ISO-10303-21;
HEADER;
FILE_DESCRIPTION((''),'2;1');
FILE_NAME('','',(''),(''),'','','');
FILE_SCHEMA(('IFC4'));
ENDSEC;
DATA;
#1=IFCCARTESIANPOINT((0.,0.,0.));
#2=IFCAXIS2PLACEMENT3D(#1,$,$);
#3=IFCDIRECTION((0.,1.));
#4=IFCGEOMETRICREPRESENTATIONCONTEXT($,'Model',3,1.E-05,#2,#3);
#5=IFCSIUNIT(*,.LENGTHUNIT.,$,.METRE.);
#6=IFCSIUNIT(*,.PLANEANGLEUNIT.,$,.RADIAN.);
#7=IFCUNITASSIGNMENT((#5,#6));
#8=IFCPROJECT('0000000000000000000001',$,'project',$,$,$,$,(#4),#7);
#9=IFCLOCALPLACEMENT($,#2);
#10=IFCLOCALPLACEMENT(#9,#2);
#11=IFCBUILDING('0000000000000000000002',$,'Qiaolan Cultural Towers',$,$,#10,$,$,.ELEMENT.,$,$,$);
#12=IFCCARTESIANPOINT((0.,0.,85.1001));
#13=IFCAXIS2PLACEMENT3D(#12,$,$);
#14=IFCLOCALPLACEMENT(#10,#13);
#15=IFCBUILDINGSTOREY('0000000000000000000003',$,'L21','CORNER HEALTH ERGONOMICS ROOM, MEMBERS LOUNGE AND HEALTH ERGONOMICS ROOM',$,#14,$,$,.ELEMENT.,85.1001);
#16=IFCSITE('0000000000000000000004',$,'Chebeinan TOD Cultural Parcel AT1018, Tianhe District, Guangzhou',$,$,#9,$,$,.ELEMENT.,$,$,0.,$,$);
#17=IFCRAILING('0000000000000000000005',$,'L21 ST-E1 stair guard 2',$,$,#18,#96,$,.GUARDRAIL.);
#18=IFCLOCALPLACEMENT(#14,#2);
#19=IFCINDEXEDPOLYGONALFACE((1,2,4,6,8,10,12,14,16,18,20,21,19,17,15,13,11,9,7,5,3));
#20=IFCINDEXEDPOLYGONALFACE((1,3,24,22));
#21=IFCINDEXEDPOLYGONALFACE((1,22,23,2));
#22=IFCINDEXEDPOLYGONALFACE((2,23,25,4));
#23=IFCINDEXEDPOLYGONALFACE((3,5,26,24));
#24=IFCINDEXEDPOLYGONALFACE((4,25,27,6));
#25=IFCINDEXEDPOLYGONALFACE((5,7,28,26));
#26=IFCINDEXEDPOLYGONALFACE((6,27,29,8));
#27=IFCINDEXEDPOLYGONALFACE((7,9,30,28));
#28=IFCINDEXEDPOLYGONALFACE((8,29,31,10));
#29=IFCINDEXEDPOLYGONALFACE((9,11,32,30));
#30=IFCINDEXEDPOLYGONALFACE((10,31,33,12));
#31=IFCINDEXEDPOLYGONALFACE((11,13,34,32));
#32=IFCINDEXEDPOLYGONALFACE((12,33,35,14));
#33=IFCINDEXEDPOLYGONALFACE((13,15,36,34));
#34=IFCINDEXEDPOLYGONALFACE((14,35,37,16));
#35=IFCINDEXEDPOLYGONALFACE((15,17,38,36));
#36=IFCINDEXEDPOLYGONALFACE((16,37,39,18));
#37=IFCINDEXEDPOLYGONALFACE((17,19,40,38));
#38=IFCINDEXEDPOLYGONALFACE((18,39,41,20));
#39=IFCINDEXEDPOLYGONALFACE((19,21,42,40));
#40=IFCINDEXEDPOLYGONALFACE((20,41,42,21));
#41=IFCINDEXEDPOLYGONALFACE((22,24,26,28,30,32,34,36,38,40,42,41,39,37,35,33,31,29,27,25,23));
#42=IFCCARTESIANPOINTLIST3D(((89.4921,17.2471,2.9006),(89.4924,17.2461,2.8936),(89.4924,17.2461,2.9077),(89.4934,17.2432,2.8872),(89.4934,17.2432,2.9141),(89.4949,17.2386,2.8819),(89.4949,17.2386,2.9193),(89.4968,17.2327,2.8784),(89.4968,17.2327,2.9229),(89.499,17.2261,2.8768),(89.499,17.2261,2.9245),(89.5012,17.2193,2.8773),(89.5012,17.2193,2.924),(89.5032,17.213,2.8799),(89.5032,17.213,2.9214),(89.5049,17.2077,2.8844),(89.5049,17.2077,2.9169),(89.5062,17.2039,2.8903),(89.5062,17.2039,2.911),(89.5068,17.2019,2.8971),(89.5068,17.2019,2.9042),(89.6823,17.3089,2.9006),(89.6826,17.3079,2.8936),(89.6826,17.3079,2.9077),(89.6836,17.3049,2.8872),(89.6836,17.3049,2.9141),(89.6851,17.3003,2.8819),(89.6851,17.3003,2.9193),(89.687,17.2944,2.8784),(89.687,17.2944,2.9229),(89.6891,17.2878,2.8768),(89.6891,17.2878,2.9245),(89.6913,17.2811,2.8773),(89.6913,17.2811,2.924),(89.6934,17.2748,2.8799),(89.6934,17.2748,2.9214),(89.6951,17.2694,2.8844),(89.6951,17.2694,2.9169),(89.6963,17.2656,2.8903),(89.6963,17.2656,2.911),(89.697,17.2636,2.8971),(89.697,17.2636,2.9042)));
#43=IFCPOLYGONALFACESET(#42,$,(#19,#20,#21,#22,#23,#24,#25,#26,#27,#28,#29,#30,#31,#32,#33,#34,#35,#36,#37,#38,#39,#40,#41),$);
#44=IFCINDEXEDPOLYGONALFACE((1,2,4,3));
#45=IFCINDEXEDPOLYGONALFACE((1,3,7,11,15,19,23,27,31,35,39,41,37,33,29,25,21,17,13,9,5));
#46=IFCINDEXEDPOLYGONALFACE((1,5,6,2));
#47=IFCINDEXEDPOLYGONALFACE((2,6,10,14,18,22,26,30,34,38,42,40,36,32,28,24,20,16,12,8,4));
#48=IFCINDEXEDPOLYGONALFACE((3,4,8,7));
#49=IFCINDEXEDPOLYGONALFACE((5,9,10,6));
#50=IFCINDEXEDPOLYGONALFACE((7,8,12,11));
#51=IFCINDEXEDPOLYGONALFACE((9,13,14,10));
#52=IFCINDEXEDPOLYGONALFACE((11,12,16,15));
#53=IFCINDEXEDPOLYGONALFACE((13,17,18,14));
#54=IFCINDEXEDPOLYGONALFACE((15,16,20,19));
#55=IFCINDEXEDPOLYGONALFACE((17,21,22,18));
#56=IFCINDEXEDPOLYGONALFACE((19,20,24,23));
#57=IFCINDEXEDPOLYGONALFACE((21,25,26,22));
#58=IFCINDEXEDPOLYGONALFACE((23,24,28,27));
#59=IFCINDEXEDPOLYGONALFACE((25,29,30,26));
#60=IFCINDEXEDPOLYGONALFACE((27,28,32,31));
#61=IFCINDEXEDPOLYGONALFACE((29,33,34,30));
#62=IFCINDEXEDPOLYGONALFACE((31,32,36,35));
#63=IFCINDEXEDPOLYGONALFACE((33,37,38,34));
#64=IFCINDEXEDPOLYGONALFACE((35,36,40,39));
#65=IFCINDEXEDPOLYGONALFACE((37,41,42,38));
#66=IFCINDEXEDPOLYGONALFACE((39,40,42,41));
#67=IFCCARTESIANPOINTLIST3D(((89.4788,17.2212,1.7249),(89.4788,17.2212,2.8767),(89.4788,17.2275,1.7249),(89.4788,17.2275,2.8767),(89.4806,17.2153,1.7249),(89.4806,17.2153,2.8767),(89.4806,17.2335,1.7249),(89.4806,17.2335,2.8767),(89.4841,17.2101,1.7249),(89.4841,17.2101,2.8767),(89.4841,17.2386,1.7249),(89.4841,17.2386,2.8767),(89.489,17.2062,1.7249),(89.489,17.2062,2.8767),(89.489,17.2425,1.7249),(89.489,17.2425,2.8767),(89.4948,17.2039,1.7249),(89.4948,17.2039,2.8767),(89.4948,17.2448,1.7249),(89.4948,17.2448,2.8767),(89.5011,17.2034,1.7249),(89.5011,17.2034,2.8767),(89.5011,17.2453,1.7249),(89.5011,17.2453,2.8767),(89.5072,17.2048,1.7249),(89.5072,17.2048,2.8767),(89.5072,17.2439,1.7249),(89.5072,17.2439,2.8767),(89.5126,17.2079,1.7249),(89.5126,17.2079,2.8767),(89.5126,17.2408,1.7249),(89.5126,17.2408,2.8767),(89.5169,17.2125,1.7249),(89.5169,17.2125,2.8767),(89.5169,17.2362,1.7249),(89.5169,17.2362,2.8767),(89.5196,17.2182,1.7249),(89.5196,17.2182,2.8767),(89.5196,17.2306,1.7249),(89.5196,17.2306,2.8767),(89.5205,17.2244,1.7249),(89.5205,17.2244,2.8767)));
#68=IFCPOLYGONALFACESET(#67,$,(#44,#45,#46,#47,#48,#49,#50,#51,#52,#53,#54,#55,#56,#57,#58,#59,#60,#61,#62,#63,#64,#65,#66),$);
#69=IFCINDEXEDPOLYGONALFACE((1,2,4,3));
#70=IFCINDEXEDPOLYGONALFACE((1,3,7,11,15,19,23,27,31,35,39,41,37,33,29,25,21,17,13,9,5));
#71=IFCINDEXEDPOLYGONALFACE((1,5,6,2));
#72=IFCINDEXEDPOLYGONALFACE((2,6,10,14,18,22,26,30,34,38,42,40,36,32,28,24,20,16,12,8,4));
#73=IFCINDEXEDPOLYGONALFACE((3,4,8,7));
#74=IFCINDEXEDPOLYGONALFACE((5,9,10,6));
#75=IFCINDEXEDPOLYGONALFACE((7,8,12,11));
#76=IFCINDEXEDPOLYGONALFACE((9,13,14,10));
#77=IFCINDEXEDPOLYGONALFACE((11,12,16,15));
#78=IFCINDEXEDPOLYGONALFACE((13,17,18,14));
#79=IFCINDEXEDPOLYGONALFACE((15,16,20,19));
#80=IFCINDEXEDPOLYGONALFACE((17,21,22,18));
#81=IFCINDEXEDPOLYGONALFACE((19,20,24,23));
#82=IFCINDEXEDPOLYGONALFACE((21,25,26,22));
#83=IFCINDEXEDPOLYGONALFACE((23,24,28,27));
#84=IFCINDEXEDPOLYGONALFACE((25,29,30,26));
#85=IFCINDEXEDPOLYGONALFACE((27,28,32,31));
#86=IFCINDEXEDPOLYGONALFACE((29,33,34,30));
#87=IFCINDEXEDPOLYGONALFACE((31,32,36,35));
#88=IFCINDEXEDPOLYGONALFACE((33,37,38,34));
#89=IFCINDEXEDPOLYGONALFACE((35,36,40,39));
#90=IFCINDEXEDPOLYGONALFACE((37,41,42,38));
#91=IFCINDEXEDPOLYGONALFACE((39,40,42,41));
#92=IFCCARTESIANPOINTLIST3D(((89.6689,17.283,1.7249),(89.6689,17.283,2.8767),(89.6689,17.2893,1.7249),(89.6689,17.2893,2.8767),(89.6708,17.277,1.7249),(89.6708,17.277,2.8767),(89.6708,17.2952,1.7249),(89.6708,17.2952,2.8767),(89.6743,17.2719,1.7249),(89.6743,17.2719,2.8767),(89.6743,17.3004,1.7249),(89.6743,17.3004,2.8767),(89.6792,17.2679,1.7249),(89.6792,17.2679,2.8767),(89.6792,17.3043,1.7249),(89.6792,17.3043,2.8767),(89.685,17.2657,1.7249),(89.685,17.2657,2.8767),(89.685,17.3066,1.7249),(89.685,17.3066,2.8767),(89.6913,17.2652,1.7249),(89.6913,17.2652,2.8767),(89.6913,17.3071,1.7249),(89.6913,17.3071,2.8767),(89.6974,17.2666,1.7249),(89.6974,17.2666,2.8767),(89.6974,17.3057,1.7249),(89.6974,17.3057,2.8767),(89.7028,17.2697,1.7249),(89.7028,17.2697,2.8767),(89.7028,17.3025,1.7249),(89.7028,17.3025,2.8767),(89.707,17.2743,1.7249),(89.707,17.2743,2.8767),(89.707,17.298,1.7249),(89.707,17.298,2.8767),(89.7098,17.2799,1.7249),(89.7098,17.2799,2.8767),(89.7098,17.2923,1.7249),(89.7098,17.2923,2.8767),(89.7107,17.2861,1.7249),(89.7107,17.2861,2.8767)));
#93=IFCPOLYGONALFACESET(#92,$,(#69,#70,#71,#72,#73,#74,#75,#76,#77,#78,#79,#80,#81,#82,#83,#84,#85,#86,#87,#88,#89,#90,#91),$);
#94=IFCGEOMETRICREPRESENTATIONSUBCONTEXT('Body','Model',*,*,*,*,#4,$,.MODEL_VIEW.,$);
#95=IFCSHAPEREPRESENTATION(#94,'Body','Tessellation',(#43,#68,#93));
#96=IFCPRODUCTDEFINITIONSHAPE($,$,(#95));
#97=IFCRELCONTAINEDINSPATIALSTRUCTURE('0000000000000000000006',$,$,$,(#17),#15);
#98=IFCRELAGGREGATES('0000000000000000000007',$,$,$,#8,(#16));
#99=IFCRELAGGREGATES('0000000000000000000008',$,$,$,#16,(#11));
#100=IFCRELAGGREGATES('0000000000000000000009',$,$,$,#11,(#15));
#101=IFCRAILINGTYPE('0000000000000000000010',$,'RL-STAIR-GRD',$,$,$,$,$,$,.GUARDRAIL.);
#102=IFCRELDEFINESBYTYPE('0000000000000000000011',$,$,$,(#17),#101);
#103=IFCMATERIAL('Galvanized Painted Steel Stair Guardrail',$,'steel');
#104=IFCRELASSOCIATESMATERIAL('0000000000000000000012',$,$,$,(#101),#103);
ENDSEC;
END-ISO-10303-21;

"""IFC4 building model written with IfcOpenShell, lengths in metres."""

from ifc_helpers import new_model, si_unit, direction, frame, origin, origin_2d, place, context, subcontext, project, spatial, circle, extrude, material, type_object, element, save


model = new_model("IFC4")

# Units and contexts
model_context = context("Model", 3, precision=1e-05, world=origin(), true_north=direction((0.0, 1.0)))
body_context = subcontext(model_context, "Body", "Model", "MODEL_VIEW")
ifc_project = project(units=[si_unit("LENGTHUNIT", "METRE"), si_unit("PLANEANGLEUNIT", "RADIAN")], contexts=[model_context])

# Site, building, storey
site_placement = place(None, origin())
site = spatial("IfcSite", under=ifc_project, at=site_placement, Name="Chebeinan TOD Cultural Parcel AT1018, Tianhe District, Guangzhou", CompositionType="ELEMENT", RefElevation=0.0)
building_placement = place(site_placement, origin())
building = spatial("IfcBuilding", under=site, at=building_placement, Name="Qiaolan Cultural Towers", CompositionType="ELEMENT")
storey_placement = place(building_placement, frame((0.0, 0.0, 85.1001)))
storey = spatial("IfcBuildingStorey", under=building, at=storey_placement, Name="L21", Description="CORNER HEALTH ERGONOMICS ROOM, MEMBERS LOUNGE AND HEALTH ERGONOMICS ROOM", CompositionType="ELEMENT", Elevation=85.1001)

# Railing
ifc_material_1 = material(Name="Galvanized Painted Steel Stair Guardrail", Category="steel")
railing_type_1 = type_object("IfcRailingType", Name="RL-STAIR-GRD", PredefinedType="GUARDRAIL", material=ifc_material_1)
railing_1_placement = place(storey_placement, frame((89.4995, 17.2244, 1.7249)))
element("IfcRailing", 1, at=railing_1_placement, inside=storey, type_object=railing_type_1, Name="L21 ST-E1 stair guard 2", PredefinedType="GUARDRAIL", context=body_context, shape_type="SweptSolid", body=[
    extrude(circle(Radius=0.0239, at=origin_2d()), frame((0.0, 0.0, 1.1758), z_axis=(0.951097, 0.308893, 0.0), x_axis=(-0.308893, 0.951097, 0.0)), (0.0, 0.0, 1.0), 0.2),
    extrude(circle(Radius=0.021, at=origin_2d()), origin(), (0.0, 0.0, 1.0), 1.1519),
    extrude(circle(Radius=0.021, at=origin_2d()), frame((0.1902, 0.0618, 0.0)), (0.0, 0.0, 1.0), 1.1519),
])

save(model, "model.ifc")
